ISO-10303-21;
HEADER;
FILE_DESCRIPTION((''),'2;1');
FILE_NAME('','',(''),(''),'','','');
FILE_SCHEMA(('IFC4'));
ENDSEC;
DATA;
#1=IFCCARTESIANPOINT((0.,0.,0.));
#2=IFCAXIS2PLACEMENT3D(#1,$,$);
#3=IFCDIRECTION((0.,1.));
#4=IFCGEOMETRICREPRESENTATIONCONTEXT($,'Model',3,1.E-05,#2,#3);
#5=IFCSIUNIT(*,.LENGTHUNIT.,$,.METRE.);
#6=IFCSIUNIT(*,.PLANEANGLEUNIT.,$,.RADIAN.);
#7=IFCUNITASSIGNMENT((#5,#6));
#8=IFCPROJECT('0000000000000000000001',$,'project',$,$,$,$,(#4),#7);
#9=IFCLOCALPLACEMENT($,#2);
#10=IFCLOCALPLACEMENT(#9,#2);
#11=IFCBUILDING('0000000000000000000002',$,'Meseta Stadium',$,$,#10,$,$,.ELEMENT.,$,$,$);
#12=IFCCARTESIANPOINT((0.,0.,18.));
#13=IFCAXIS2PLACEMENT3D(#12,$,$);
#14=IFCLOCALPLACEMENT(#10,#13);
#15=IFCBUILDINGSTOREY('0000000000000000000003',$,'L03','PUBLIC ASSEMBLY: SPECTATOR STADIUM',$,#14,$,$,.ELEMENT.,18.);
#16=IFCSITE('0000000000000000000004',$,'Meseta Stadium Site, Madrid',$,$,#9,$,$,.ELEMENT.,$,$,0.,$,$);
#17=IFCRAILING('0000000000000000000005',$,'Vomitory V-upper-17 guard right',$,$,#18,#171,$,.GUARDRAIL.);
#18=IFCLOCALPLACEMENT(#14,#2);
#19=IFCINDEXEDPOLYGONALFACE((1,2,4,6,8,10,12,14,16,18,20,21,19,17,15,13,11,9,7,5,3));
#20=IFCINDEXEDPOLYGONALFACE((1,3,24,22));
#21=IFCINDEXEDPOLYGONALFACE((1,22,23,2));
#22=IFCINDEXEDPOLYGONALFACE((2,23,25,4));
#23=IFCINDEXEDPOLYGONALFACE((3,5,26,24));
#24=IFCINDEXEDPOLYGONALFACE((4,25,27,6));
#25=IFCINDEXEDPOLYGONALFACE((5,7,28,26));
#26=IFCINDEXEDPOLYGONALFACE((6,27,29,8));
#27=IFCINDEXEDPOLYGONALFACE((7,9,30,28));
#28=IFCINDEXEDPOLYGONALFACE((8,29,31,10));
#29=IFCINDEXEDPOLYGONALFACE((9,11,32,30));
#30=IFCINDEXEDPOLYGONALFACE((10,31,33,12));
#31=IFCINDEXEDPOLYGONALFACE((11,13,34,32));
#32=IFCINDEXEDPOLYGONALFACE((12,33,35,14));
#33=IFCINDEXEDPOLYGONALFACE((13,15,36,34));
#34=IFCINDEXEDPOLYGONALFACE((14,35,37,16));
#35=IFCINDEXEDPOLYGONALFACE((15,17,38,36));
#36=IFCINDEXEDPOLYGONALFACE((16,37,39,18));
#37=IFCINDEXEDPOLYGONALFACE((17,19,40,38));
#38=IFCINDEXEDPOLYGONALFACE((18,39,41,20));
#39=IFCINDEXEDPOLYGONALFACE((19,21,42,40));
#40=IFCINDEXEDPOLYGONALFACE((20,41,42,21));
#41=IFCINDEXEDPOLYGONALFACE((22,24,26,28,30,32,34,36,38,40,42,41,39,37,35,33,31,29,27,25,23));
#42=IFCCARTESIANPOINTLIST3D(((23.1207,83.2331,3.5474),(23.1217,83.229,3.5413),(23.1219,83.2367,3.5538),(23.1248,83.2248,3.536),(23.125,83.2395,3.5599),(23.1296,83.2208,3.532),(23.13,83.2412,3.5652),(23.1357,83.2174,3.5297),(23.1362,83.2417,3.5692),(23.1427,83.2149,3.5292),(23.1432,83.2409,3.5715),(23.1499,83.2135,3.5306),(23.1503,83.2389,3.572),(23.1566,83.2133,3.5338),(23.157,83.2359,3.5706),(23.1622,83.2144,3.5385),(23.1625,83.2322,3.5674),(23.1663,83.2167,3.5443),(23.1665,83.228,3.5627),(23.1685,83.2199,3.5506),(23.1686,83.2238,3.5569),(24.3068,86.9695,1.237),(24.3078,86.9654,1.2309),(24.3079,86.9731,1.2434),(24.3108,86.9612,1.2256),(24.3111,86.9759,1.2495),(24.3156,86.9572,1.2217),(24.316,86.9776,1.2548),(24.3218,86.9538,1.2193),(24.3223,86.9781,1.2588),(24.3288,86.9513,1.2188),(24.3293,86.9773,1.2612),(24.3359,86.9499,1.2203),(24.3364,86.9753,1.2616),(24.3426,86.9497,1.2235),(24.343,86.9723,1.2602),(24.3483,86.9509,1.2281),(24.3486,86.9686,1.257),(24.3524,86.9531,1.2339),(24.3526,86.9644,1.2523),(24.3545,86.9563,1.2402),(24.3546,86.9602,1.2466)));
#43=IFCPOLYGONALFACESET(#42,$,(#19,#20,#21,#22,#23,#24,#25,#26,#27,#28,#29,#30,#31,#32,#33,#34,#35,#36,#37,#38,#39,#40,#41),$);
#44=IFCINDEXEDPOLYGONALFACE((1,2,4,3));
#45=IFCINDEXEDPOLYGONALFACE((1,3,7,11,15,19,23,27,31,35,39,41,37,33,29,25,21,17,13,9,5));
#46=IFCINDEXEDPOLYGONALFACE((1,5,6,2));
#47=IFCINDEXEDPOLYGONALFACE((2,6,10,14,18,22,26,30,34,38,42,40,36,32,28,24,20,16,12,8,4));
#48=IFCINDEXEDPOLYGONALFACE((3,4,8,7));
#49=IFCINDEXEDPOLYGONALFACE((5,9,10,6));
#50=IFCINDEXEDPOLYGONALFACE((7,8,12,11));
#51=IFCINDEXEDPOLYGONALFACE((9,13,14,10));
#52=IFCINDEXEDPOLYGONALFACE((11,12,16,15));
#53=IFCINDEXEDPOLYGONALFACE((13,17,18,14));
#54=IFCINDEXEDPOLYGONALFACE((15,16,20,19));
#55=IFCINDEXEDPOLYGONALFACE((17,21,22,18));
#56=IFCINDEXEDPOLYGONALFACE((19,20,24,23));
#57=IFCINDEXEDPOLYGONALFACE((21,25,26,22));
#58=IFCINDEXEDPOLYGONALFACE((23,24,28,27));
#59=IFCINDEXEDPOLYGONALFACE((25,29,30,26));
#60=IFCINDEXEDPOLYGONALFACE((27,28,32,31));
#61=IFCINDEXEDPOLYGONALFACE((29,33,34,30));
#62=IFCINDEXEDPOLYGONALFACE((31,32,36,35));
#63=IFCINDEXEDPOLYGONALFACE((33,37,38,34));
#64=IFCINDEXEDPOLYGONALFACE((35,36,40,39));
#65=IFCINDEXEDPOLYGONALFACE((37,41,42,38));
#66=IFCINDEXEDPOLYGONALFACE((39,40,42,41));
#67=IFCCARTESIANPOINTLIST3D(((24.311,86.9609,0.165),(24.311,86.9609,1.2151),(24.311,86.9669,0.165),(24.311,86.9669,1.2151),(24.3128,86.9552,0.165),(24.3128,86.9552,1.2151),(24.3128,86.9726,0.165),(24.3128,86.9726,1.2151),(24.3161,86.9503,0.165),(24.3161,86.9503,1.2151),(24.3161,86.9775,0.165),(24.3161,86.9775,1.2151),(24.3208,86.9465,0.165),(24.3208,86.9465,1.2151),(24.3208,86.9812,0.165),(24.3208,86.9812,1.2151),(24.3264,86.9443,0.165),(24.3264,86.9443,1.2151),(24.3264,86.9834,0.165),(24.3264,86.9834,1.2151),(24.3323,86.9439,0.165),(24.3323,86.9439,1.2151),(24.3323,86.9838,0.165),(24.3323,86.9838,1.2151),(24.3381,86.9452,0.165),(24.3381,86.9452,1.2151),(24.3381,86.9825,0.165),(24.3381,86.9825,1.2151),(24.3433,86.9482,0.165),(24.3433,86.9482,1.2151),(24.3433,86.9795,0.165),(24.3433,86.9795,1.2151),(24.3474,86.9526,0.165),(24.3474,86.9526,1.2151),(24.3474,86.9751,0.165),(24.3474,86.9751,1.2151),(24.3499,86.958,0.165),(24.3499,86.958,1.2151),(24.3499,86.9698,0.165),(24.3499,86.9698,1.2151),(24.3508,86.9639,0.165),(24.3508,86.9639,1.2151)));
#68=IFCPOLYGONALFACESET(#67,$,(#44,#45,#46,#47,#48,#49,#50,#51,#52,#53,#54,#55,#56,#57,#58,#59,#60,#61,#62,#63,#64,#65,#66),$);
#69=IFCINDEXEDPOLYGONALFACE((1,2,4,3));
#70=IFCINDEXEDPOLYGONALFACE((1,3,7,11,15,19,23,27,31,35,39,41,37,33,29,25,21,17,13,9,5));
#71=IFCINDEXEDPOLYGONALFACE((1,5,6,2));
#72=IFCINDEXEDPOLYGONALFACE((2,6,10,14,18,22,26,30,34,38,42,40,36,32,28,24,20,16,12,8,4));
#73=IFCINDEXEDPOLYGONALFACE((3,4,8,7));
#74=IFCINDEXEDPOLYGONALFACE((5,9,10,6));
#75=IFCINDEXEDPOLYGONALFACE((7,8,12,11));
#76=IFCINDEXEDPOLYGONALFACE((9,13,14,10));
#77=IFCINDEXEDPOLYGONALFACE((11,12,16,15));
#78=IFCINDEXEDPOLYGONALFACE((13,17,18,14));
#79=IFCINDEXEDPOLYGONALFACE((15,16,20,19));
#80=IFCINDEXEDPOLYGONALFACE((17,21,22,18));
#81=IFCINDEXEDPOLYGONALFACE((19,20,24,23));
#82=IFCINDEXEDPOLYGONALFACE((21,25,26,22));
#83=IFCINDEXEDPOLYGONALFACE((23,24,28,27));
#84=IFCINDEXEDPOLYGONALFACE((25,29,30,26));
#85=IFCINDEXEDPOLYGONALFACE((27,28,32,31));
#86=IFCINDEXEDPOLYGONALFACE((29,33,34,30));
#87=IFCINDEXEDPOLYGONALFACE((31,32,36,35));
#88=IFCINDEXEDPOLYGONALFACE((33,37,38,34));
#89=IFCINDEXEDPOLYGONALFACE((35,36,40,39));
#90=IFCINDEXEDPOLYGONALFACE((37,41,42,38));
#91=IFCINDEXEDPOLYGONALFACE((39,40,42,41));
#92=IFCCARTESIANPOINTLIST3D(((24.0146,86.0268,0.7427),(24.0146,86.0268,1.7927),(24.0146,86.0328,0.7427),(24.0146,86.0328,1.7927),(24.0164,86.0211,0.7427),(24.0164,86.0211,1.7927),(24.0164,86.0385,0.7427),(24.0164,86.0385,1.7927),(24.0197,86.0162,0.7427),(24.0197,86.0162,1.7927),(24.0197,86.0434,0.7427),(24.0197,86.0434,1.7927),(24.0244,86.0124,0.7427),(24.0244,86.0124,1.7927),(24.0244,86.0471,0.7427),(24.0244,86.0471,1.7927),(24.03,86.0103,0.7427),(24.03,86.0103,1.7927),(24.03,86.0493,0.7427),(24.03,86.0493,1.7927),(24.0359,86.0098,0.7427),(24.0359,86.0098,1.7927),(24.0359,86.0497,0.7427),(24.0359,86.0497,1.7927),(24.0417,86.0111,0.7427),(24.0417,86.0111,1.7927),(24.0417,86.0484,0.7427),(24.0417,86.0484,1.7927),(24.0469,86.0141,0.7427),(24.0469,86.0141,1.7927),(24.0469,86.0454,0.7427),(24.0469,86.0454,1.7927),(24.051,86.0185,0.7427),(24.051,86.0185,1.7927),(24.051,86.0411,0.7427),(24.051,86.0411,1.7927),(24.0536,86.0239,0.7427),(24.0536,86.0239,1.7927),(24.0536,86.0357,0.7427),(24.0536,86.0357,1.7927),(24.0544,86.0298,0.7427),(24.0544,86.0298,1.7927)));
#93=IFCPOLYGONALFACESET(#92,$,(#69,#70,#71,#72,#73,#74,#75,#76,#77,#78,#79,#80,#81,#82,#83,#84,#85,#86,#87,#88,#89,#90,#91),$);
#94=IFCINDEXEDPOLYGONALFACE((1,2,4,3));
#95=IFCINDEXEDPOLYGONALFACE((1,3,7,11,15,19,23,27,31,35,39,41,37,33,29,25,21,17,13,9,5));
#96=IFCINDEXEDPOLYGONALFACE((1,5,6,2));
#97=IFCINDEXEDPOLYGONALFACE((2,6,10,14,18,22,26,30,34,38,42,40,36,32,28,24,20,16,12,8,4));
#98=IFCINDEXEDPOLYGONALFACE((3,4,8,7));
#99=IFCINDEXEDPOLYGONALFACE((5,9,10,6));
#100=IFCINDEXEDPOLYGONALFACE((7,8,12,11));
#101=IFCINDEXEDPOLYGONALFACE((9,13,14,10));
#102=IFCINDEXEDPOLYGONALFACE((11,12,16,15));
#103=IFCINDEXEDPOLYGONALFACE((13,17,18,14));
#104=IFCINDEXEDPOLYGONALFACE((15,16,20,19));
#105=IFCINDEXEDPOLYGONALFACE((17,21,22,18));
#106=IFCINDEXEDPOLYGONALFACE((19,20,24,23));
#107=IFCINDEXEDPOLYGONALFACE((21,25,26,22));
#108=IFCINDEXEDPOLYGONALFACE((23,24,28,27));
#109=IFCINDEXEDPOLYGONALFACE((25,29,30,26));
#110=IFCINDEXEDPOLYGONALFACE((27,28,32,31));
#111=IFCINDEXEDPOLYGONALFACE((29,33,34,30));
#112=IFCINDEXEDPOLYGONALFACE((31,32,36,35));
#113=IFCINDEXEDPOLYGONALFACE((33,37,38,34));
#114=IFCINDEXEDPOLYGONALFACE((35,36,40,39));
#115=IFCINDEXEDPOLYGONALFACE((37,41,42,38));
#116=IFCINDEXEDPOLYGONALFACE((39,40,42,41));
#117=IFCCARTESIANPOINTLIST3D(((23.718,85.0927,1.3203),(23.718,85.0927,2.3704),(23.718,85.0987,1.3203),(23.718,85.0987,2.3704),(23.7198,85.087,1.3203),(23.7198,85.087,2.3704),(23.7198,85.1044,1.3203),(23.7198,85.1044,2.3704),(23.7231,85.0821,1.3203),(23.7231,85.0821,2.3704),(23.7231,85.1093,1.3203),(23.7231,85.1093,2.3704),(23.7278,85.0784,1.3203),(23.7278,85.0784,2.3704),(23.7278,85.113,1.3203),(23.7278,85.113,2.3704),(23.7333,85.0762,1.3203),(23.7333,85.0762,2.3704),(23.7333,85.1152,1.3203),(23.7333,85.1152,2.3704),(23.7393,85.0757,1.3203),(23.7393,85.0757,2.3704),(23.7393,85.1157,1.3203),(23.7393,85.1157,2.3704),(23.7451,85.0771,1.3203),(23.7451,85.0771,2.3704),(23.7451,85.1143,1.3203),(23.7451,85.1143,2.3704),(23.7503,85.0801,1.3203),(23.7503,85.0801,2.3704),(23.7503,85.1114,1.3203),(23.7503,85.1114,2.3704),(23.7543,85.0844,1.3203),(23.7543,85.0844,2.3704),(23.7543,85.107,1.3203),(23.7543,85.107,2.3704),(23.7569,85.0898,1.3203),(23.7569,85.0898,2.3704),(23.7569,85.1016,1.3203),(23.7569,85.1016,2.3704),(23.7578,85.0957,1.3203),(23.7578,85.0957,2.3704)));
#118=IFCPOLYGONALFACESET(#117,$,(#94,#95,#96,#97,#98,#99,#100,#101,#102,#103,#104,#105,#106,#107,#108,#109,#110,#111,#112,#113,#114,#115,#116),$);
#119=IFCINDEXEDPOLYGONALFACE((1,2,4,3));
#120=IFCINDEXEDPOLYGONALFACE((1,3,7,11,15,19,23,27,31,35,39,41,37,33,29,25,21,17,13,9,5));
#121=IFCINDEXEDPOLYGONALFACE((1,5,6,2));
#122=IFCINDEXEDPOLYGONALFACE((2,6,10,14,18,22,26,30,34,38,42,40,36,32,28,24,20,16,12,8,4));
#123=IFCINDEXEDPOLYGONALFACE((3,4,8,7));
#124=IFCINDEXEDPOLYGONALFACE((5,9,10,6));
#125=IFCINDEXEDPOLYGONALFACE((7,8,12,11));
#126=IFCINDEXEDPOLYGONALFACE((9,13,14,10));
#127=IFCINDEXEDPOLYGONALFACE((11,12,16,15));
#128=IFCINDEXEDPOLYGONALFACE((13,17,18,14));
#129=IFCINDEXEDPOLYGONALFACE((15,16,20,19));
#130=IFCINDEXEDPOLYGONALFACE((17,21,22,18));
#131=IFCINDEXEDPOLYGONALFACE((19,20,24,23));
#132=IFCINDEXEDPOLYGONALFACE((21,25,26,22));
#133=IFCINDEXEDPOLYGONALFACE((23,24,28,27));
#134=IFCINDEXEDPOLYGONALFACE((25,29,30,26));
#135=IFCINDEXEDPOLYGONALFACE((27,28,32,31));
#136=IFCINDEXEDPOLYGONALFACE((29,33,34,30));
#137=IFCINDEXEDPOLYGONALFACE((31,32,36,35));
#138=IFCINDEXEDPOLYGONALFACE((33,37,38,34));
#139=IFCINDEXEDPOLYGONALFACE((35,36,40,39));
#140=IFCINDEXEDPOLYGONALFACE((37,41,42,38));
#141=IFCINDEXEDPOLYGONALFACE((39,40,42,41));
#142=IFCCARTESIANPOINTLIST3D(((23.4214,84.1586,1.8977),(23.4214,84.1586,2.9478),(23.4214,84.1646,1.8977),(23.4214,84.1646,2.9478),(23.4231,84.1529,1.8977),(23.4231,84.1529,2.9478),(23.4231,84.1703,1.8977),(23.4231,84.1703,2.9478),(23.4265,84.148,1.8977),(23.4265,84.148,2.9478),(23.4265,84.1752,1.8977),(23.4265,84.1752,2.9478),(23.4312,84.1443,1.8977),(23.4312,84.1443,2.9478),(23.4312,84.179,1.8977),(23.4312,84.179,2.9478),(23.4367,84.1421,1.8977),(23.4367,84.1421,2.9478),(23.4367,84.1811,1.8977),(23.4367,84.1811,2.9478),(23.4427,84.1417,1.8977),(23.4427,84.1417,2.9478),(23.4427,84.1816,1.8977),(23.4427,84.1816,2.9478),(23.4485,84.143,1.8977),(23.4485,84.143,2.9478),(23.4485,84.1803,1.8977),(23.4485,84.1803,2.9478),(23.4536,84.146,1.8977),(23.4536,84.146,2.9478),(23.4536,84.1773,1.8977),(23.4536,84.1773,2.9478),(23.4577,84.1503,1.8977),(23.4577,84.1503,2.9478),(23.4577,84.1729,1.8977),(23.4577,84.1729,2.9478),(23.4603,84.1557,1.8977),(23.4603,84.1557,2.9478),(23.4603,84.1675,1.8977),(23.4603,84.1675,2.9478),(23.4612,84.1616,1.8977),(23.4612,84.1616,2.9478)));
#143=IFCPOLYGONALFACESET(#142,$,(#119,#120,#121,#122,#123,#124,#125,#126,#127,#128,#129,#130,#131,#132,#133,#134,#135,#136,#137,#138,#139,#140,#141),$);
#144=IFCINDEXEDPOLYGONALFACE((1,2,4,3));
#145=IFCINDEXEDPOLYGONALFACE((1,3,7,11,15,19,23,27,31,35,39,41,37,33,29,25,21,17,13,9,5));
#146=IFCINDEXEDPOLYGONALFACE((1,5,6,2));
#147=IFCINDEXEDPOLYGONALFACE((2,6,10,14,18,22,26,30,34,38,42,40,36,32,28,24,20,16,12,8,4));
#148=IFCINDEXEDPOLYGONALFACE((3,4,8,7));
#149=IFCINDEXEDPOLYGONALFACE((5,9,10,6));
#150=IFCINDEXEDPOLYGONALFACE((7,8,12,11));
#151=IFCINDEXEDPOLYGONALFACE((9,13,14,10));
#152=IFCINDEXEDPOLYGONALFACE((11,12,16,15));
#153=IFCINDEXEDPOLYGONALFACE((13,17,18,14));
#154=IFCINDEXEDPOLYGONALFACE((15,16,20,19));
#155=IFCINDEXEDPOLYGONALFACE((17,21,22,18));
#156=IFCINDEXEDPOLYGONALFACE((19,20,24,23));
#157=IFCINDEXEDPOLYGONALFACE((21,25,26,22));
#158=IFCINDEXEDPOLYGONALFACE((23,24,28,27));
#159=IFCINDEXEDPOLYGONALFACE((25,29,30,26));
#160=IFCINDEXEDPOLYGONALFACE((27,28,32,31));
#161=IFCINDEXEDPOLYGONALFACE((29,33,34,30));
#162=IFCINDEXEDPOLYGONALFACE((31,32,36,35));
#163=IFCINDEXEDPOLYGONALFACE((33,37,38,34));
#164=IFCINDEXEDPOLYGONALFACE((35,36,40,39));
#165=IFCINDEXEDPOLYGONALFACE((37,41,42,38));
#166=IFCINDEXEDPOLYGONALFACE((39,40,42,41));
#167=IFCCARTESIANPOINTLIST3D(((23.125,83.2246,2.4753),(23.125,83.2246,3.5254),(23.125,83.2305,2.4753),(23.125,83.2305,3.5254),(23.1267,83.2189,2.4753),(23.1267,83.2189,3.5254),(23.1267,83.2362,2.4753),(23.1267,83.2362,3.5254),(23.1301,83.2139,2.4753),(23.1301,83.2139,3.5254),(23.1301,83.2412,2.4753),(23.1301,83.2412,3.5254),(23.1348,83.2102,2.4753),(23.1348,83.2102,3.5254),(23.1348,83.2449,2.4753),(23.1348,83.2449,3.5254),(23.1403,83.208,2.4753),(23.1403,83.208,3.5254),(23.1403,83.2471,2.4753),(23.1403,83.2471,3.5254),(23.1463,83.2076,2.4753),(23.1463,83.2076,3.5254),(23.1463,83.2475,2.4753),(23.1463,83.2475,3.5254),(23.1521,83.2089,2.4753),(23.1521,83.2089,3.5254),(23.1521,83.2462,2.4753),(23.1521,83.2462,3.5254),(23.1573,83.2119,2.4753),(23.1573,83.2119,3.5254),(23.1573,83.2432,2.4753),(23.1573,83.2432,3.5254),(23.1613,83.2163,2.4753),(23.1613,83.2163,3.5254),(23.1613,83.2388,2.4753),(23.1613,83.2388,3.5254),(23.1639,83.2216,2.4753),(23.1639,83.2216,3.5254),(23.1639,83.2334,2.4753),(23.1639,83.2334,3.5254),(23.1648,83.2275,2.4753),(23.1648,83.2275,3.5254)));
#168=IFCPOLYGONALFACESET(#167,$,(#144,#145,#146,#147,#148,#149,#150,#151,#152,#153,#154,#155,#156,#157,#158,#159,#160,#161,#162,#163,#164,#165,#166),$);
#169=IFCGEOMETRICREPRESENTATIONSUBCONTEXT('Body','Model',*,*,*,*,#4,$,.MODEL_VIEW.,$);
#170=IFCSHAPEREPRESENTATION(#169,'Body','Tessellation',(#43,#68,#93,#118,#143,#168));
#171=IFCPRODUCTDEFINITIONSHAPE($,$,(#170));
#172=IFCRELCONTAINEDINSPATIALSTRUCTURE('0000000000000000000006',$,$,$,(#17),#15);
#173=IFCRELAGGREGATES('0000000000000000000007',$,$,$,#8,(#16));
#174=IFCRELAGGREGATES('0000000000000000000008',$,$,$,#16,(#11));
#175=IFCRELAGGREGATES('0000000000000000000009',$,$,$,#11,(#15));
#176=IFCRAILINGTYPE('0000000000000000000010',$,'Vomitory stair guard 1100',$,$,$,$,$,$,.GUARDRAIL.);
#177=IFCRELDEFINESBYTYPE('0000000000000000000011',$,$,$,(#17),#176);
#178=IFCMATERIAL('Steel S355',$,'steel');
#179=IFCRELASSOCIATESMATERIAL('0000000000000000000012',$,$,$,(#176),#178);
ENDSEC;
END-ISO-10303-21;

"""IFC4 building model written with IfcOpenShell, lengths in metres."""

from ifc_helpers import new_model, si_unit, direction, frame, origin, origin_2d, place, context, subcontext, project, spatial, circle, extrude, material, type_object, element, save


model = new_model("IFC4")

# Units and contexts
model_context = context("Model", 3, precision=1e-05, world=origin(), true_north=direction((0.0, 1.0)))
body_context = subcontext(model_context, "Body", "Model", "MODEL_VIEW")
ifc_project = project(units=[si_unit("LENGTHUNIT", "METRE"), si_unit("PLANEANGLEUNIT", "RADIAN")], contexts=[model_context])

# Site, building, storey
site_placement = place(None, origin())
site = spatial("IfcSite", under=ifc_project, at=site_placement, Name="Meseta Stadium Site, Madrid", CompositionType="ELEMENT", RefElevation=0.0)
building_placement = place(site_placement, origin())
building = spatial("IfcBuilding", under=site, at=building_placement, Name="Meseta Stadium", CompositionType="ELEMENT")
storey_placement = place(building_placement, frame((0.0, 0.0, 18.0)))
storey = spatial("IfcBuildingStorey", under=building, at=storey_placement, Name="L03", Description="PUBLIC ASSEMBLY: SPECTATOR STADIUM", CompositionType="ELEMENT", Elevation=18.0)

# Railing
ifc_material_1 = material(Name="Steel S355", Category="steel")
railing_type_1 = type_object("IfcRailingType", Name="Vomitory stair guard 1100", PredefinedType="GUARDRAIL", material=ifc_material_1)
railing_1_placement = place(storey_placement, frame((24.3308, 86.9639, 0.165)))
element("IfcRailing", 1, at=railing_1_placement, inside=storey, type_object=railing_type_1, Name="Vomitory V-upper-17 guard right", PredefinedType="GUARDRAIL", context=body_context, shape_type="SweptSolid", body=[
    extrude(circle(Radius=0.0249, at=origin_2d()), frame((0.0, 0.0, 1.0752), z_axis=(-0.260656, -0.821135, 0.507736), x_axis=(0.953132, -0.302556, 0.0)), (0.0, 0.0, 1.0), 4.5503),
    extrude(circle(Radius=0.02, at=origin_2d()), origin(), (0.0, 0.0, 1.0), 1.05),
    extrude(circle(Radius=0.02, at=origin_2d()), frame((-0.2964, -0.9341, 0.5776)), (0.0, 0.0, 1.0), 1.05),
    extrude(circle(Radius=0.02, at=origin_2d()), frame((-0.593, -1.8682, 1.1553)), (0.0, 0.0, 1.0), 1.05),
    extrude(circle(Radius=0.02, at=origin_2d()), frame((-0.8896, -2.8022, 1.7327)), (0.0, 0.0, 1.0), 1.05),
    extrude(circle(Radius=0.02, at=origin_2d()), frame((-1.186, -3.7363, 2.3103)), (0.0, 0.0, 1.0), 1.05),
])

save(model, "model.ifc")
